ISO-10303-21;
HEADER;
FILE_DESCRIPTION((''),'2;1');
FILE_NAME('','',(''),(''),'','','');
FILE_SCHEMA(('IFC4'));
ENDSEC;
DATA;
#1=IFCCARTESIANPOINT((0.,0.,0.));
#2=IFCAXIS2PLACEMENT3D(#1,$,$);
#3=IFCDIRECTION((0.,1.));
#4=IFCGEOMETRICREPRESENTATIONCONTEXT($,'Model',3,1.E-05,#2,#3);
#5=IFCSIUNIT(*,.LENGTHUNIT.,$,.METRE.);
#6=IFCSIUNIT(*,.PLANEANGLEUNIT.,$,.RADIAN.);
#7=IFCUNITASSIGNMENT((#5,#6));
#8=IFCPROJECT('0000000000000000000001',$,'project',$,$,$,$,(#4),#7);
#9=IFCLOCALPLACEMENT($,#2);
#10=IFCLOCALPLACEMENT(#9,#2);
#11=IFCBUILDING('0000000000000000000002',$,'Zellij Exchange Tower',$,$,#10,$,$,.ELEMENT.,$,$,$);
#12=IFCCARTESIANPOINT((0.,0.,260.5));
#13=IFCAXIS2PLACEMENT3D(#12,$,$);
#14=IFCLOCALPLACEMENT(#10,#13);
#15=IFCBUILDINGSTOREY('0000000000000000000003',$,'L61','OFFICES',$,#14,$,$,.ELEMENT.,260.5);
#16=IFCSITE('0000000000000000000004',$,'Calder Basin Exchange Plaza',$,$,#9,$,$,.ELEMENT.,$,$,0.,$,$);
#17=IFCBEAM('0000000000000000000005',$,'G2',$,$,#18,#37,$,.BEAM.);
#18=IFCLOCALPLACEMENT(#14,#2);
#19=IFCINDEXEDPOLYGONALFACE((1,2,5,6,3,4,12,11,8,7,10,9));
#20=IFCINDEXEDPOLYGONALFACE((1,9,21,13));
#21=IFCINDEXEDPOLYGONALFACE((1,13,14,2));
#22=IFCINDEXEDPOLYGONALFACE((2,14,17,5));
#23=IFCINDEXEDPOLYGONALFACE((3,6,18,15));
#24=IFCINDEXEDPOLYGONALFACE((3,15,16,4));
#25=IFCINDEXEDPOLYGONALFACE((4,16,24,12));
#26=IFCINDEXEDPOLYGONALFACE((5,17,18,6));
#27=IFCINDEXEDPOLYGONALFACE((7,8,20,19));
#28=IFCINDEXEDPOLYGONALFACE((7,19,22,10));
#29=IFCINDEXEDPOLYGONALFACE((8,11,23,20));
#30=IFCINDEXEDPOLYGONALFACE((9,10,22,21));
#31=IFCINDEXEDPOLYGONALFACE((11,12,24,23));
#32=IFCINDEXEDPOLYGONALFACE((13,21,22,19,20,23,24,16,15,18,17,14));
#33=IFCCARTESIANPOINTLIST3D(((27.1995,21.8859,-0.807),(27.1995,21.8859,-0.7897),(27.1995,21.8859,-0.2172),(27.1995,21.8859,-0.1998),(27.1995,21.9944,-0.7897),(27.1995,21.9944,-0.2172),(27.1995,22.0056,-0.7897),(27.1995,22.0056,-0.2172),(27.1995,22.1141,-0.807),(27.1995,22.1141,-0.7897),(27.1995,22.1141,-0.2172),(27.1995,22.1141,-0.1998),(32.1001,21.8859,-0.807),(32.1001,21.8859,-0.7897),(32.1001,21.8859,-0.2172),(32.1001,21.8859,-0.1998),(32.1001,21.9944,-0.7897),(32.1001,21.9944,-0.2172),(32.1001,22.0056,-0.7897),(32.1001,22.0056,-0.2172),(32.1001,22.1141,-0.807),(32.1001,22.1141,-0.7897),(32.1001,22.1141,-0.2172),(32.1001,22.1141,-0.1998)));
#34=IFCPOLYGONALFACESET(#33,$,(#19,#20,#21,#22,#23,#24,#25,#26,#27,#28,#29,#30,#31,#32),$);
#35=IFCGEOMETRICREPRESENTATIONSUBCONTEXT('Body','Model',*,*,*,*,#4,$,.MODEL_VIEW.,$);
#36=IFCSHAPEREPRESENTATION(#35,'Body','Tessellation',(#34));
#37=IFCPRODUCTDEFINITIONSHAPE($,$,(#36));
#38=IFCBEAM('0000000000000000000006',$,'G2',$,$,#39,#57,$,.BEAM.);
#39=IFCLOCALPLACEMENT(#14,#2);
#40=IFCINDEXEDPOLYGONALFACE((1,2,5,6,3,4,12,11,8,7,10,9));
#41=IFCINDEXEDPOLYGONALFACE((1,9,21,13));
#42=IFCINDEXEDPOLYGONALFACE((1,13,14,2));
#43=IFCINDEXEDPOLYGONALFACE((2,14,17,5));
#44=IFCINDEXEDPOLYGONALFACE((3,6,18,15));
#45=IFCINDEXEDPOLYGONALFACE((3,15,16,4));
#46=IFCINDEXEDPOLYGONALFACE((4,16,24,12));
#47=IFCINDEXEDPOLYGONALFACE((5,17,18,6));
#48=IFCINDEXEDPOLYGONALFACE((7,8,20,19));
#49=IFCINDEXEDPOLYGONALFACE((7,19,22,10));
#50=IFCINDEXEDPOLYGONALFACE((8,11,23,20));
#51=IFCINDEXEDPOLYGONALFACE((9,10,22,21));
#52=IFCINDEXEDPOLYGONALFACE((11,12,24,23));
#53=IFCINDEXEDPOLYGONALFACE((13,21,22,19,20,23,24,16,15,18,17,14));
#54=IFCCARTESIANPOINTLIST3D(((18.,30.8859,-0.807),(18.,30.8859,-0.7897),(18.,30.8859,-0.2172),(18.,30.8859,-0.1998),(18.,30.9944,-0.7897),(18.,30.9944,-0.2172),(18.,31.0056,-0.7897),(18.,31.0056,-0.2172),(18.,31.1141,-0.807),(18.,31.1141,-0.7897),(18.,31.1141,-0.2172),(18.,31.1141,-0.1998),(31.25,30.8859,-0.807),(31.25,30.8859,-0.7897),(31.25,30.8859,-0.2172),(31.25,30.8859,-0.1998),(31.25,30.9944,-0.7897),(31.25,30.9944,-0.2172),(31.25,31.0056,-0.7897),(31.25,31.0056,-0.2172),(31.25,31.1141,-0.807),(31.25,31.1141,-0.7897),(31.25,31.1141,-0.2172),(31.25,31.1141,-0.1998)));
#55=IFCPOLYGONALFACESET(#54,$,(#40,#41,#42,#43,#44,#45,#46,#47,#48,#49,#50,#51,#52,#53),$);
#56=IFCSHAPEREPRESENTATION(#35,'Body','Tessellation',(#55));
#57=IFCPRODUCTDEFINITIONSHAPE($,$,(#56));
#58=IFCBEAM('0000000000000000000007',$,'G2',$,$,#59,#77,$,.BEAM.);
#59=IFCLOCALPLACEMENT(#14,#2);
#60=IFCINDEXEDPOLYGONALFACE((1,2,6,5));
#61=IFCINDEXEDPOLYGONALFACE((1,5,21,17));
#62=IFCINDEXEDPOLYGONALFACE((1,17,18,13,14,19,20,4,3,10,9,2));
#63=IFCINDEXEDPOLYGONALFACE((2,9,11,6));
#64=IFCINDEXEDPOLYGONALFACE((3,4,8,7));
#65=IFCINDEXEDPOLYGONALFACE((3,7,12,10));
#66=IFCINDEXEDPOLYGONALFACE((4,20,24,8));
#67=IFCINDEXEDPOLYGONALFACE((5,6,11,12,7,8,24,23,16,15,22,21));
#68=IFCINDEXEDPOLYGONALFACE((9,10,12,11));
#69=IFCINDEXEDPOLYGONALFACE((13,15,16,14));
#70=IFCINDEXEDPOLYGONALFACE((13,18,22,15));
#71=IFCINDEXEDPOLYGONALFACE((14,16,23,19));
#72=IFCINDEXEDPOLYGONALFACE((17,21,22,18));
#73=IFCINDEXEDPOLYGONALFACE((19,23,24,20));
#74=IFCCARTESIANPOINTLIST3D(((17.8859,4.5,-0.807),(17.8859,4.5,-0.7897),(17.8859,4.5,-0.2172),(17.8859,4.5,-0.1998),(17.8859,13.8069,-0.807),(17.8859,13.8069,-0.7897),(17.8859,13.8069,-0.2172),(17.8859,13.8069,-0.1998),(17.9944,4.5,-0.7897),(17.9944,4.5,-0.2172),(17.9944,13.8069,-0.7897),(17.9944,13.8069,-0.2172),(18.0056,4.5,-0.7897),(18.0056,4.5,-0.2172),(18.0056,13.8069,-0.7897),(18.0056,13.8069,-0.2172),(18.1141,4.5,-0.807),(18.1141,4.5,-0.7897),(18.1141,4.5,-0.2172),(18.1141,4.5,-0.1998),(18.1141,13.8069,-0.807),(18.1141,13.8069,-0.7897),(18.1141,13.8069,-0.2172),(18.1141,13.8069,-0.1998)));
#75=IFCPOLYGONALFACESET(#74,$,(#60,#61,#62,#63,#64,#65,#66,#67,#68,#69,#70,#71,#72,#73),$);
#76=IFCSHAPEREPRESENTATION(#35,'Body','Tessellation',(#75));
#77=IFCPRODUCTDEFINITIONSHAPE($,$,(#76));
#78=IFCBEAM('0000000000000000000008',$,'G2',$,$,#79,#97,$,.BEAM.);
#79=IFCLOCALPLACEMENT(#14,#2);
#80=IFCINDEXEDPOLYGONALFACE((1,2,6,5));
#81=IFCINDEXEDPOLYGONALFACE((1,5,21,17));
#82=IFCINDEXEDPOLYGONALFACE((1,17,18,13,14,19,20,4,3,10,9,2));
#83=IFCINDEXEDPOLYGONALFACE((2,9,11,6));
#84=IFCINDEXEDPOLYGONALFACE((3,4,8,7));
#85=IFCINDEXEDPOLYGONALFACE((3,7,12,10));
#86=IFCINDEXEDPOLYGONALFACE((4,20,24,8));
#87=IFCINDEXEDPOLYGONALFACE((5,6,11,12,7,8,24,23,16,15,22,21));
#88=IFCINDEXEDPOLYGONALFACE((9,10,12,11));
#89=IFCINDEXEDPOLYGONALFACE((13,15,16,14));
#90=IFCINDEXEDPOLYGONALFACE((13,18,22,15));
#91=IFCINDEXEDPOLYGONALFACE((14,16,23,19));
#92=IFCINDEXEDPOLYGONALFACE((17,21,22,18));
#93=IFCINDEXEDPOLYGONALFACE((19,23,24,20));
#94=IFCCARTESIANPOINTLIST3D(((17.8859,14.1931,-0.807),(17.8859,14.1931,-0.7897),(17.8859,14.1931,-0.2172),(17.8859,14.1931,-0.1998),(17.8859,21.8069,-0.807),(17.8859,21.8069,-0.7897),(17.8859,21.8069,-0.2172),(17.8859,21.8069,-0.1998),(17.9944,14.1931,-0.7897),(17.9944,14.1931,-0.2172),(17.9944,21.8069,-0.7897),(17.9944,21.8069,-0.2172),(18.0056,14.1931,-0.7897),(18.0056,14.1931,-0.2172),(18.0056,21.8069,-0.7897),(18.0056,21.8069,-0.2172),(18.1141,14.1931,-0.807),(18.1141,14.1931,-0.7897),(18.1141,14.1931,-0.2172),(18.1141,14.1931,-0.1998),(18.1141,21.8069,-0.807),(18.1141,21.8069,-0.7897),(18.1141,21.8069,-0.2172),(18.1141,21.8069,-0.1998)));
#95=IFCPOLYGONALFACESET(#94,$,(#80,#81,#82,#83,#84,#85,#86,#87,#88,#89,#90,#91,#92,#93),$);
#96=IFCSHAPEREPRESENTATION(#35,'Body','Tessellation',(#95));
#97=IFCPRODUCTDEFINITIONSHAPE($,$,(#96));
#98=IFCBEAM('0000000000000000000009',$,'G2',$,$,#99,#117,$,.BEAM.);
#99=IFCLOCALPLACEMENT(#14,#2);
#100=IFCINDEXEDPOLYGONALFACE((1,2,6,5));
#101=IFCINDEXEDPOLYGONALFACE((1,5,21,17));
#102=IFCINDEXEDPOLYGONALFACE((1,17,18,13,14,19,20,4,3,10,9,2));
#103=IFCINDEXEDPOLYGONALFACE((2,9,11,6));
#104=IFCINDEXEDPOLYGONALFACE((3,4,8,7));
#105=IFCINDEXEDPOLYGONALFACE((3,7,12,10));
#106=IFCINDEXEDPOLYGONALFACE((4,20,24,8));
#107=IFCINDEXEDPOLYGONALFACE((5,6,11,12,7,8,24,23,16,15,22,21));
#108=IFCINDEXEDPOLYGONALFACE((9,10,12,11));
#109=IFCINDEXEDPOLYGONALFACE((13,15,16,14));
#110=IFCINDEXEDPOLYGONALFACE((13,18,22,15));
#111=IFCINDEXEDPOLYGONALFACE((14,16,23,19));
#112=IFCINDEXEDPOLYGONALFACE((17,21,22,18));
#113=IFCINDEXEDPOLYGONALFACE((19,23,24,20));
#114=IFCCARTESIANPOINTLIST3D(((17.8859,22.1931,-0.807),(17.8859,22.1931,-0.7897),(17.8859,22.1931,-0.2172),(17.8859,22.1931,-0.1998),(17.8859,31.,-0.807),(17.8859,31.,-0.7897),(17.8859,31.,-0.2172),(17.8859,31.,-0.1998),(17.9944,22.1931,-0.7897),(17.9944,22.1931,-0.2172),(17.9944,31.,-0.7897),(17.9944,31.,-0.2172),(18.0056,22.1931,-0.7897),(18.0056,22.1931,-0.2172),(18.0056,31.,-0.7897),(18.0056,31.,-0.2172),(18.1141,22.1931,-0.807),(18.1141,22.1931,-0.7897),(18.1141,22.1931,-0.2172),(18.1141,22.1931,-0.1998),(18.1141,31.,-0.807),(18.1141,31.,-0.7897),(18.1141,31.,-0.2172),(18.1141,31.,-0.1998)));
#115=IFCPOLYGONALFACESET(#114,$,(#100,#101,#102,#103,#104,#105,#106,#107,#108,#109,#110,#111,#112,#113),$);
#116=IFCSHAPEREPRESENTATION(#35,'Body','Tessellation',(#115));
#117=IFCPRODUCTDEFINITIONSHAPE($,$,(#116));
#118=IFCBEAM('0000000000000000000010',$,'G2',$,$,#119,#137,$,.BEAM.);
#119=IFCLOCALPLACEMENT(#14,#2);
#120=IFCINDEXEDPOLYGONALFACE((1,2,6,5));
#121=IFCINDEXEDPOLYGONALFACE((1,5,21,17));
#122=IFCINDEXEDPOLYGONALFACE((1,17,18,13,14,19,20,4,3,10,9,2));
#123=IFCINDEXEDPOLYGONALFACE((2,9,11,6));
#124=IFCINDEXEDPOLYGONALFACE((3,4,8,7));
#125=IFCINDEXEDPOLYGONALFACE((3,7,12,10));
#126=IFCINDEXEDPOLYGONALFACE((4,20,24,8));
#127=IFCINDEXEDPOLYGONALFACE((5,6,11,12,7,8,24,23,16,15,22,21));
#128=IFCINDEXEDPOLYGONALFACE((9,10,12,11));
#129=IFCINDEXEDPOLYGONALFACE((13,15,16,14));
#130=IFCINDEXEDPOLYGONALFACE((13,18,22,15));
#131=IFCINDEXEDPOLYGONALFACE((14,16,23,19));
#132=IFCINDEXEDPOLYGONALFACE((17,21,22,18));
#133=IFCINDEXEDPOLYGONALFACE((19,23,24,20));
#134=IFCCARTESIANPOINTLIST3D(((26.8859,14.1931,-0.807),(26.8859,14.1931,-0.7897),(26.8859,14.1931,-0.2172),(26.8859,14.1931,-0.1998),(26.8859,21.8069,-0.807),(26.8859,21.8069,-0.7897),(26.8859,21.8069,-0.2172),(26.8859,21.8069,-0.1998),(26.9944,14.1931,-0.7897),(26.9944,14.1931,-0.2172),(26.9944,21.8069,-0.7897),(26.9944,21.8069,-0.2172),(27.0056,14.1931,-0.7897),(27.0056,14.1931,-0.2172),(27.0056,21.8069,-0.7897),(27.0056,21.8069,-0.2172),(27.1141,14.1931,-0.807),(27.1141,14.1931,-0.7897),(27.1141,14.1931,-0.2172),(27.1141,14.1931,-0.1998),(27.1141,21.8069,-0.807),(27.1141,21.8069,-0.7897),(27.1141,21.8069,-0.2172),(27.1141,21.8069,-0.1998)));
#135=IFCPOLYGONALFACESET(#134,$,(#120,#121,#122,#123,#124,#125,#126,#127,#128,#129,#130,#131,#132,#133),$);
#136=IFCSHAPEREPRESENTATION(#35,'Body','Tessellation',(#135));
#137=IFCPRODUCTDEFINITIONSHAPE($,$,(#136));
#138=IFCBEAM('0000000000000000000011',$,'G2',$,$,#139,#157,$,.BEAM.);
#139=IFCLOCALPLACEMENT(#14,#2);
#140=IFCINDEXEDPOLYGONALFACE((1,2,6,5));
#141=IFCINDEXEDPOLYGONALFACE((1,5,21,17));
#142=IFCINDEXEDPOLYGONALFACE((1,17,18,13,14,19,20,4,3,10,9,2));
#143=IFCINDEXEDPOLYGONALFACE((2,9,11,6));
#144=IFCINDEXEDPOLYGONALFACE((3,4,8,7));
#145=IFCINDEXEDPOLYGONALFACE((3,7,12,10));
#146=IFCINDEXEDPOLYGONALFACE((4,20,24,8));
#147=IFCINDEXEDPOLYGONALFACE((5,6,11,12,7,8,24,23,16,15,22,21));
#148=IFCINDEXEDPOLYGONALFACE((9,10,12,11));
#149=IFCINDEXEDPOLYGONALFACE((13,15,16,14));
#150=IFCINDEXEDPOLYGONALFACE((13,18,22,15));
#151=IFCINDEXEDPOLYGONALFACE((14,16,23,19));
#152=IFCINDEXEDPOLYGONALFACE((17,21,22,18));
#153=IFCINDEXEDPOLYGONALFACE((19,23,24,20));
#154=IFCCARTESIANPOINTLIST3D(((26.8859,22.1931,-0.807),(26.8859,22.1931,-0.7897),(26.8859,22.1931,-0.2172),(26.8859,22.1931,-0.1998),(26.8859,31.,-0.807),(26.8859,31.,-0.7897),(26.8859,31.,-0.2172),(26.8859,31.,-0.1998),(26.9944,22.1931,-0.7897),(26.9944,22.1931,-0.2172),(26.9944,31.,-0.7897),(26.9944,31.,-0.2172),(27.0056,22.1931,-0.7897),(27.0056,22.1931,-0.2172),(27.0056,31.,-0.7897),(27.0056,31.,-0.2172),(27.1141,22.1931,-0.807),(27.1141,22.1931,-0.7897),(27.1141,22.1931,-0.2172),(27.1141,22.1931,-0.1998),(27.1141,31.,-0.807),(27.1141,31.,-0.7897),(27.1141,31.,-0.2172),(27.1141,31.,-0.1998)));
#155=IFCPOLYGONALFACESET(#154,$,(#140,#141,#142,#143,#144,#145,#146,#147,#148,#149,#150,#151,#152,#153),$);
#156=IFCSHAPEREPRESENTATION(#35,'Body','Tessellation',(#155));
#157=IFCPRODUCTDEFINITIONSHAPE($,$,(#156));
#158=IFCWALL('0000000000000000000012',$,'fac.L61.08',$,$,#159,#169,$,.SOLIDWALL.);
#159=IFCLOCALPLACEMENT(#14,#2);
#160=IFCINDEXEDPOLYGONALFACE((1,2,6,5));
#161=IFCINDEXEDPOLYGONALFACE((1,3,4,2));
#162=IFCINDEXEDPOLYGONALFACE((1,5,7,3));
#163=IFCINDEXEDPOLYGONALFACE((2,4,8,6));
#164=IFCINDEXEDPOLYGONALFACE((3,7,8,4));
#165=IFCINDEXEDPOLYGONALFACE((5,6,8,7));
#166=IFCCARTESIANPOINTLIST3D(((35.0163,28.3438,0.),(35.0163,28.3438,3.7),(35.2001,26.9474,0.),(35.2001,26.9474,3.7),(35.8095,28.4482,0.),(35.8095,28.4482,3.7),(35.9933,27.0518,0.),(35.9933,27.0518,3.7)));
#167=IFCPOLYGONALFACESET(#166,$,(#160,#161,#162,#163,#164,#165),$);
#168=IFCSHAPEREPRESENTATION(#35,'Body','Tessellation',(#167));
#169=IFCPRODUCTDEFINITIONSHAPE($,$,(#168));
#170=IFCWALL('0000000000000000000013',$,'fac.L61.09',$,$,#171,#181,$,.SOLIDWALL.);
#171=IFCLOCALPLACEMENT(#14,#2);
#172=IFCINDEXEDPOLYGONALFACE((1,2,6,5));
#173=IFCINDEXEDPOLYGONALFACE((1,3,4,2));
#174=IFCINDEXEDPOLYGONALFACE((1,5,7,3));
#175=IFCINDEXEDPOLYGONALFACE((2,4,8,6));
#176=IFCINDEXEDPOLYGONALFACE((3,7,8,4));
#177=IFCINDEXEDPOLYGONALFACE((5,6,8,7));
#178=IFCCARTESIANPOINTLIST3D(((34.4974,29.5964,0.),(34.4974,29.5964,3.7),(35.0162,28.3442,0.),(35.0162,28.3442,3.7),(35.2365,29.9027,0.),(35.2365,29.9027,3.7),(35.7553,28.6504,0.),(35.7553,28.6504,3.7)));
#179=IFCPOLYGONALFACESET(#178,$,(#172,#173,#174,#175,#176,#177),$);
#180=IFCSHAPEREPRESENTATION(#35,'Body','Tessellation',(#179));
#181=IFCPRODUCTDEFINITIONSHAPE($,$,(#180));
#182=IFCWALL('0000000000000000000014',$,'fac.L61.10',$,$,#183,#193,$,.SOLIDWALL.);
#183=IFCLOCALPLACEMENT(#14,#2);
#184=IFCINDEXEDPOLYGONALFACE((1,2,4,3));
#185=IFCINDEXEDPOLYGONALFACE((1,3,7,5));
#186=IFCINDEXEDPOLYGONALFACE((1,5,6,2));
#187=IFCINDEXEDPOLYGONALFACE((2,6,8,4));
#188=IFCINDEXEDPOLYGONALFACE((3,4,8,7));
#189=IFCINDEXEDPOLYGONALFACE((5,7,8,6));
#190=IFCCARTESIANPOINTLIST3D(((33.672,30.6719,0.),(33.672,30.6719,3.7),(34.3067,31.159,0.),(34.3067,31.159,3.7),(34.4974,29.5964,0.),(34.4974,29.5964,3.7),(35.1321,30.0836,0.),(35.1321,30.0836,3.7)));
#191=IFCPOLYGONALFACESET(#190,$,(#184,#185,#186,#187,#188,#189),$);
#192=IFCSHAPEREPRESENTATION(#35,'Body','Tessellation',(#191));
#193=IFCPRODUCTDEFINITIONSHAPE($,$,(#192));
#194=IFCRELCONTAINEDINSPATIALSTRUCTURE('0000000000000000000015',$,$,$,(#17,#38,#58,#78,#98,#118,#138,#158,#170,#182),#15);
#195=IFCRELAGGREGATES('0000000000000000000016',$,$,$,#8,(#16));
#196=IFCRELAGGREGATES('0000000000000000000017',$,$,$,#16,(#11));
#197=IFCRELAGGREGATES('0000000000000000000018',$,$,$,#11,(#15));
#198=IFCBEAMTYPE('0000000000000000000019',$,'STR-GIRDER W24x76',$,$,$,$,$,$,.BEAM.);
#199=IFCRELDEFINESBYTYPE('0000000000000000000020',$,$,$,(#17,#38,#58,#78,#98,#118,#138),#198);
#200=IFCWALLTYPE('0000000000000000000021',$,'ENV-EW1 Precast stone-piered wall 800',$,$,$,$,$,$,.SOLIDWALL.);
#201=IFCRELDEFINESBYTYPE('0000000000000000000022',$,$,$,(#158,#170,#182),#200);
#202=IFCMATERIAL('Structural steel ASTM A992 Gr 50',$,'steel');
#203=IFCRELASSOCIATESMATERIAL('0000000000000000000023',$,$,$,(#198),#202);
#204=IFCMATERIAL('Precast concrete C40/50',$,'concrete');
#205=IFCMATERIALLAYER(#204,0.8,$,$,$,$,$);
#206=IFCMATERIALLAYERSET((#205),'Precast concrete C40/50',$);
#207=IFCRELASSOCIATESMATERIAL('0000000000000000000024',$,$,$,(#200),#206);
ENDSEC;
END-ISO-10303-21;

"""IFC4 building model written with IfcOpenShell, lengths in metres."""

from ifc_helpers import new_model, si_unit, direction, frame, frame_2d, origin, origin_2d, place, context, subcontext, project, spatial, rectangle, i_section, extrude, material, layer, layer_set, material_profile, profile_set, type_object, element, save


model = new_model("IFC4")

# Units and contexts
model_context = context("Model", 3, precision=1e-05, world=origin(), true_north=direction((0.0, 1.0)))
body_context = subcontext(model_context, "Body", "Model", "MODEL_VIEW")
ifc_project = project(units=[si_unit("LENGTHUNIT", "METRE"), si_unit("PLANEANGLEUNIT", "RADIAN")], contexts=[model_context])

# Site, building, storey
site_placement = place(None, origin())
site = spatial("IfcSite", under=ifc_project, at=site_placement, Name="Calder Basin Exchange Plaza", CompositionType="ELEMENT", RefElevation=0.0)
building_placement = place(site_placement, origin())
building = spatial("IfcBuilding", under=site, at=building_placement, Name="Zellij Exchange Tower", CompositionType="ELEMENT")
storey_placement = place(building_placement, frame((0.0, 0.0, 260.5)))
storey = spatial("IfcBuildingStorey", under=building, at=storey_placement, Name="L61", Description="OFFICES", CompositionType="ELEMENT", Elevation=260.5)

# Shared definitions
ifc_material_1 = material(Name="Structural steel ASTM A992 Gr 50", Category="steel")

# Beams
ifc_material_profile_1 = material_profile(ifc_material_1, i_section(OverallWidth=0.2283, OverallDepth=0.6072, WebThickness=0.0112, FlangeThickness=0.0173, at=origin_2d()), Name="W24x76")
ifc_profile_set_1 = profile_set([ifc_material_profile_1], Name="Structural steel ASTM A992 Gr 50")
beam_type_1 = type_object("IfcBeamType", Name="STR-GIRDER W24x76", PredefinedType="BEAM", material=ifc_profile_set_1)
beam_1_placement = place(storey_placement, frame((27.1995, 22.0, -0.5034), z_axis=(1.0, 0.0, 0.0), x_axis=(0.0, 1.0, 0.0)))
element("IfcBeam", 1, at=beam_1_placement, inside=storey, type_object=beam_type_1, Name="G2", PredefinedType="BEAM", context=body_context, shape_type="SweptSolid", body=[
    extrude(i_section(OverallWidth=0.2283, OverallDepth=0.6072, WebThickness=0.0112, FlangeThickness=0.0173, at=origin_2d()), origin(), (0.0, 0.0, 1.0), 4.9006),
])
beam_2_placement = place(storey_placement, frame((18.0, 31.0, -0.5034), z_axis=(1.0, 0.0, 0.0), x_axis=(0.0, 1.0, 0.0)))
element("IfcBeam", 2, at=beam_2_placement, inside=storey, type_object=beam_type_1, Name="G2", PredefinedType="BEAM", context=body_context, shape_type="SweptSolid", body=[
    extrude(i_section(OverallWidth=0.2283, OverallDepth=0.6072, WebThickness=0.0112, FlangeThickness=0.0173, at=origin_2d()), origin(), (0.0, 0.0, 1.0), 13.25),
])
beam_3_placement = place(storey_placement, frame((18.0, 4.5, -0.5034), z_axis=(0.0, 1.0, 0.0), x_axis=(-1.0, 0.0, 0.0)))
element("IfcBeam", 3, at=beam_3_placement, inside=storey, type_object=beam_type_1, Name="G2", PredefinedType="BEAM", context=body_context, shape_type="SweptSolid", body=[
    extrude(i_section(OverallWidth=0.2283, OverallDepth=0.6072, WebThickness=0.0112, FlangeThickness=0.0173, at=origin_2d()), origin(), (0.0, 0.0, 1.0), 9.3069),
])
beam_4_placement = place(storey_placement, frame((18.0, 14.1931, -0.5034), z_axis=(0.0, 1.0, 0.0), x_axis=(-1.0, 0.0, 0.0)))
element("IfcBeam", 4, at=beam_4_placement, inside=storey, type_object=beam_type_1, Name="G2", PredefinedType="BEAM", context=body_context, shape_type="SweptSolid", body=[
    extrude(i_section(OverallWidth=0.2283, OverallDepth=0.6072, WebThickness=0.0112, FlangeThickness=0.0173, at=origin_2d()), origin(), (0.0, 0.0, 1.0), 7.6138),
])
beam_5_placement = place(storey_placement, frame((18.0, 22.1931, -0.5034), z_axis=(0.0, 1.0, 0.0), x_axis=(-1.0, 0.0, 0.0)))
element("IfcBeam", 5, at=beam_5_placement, inside=storey, type_object=beam_type_1, Name="G2", PredefinedType="BEAM", context=body_context, shape_type="SweptSolid", body=[
    extrude(i_section(OverallWidth=0.2283, OverallDepth=0.6072, WebThickness=0.0112, FlangeThickness=0.0173, at=origin_2d()), origin(), (0.0, 0.0, 1.0), 8.8069),
])
beam_6_placement = place(storey_placement, frame((27.0, 14.1931, -0.5034), z_axis=(0.0, 1.0, 0.0), x_axis=(-1.0, 0.0, 0.0)))
element("IfcBeam", 6, at=beam_6_placement, inside=storey, type_object=beam_type_1, Name="G2", PredefinedType="BEAM", context=body_context, shape_type="SweptSolid", body=[
    extrude(i_section(OverallWidth=0.2283, OverallDepth=0.6072, WebThickness=0.0112, FlangeThickness=0.0173, at=origin_2d()), origin(), (0.0, 0.0, 1.0), 7.6138),
])
beam_7_placement = place(storey_placement, frame((27.0, 22.1931, -0.5034), z_axis=(0.0, 1.0, 0.0), x_axis=(-1.0, 0.0, 0.0)))
element("IfcBeam", 7, at=beam_7_placement, inside=storey, type_object=beam_type_1, Name="G2", PredefinedType="BEAM", context=body_context, shape_type="SweptSolid", body=[
    extrude(i_section(OverallWidth=0.2283, OverallDepth=0.6072, WebThickness=0.0112, FlangeThickness=0.0173, at=origin_2d()), origin(), (0.0, 0.0, 1.0), 8.8069),
])

# Walls
ifc_material_2 = material(Name="Precast concrete C40/50", Category="concrete")
ifc_layer_1 = layer(ifc_material_2, 0.8)
ifc_layer_set_1 = layer_set([ifc_layer_1], Name="Precast concrete C40/50")
wall_type_1 = type_object("IfcWallType", Name="ENV-EW1 Precast stone-piered wall 800", PredefinedType="SOLIDWALL", material=ifc_layer_set_1)
wall_1_placement = place(storey_placement, frame((35.5967, 26.9998, 0.0), z_axis=(0.0, 0.0, 1.0), x_axis=(-0.130517, 0.991446, 0.0)))
element("IfcWall", 8, at=wall_1_placement, inside=storey, type_object=wall_type_1, Name="fac.L61.08", PredefinedType="SOLIDWALL", context=body_context, shape_type="SweptSolid", body=[
    extrude(rectangle(XDim=1.4084, YDim=0.8, at=frame_2d((0.7041, 0.0))), origin(), (0.0, 0.0, 1.0), 3.7),
])
wall_2_placement = place(storey_placement, frame((35.3857, 28.4973, 0.0), z_axis=(0.0, 0.0, 1.0), x_axis=(-0.38276, 0.923848, 0.0)))
element("IfcWall", 9, at=wall_2_placement, inside=storey, type_object=wall_type_1, Name="fac.L61.09", PredefinedType="SOLIDWALL", context=body_context, shape_type="SweptSolid", body=[
    extrude(rectangle(XDim=1.3555, YDim=0.8, at=frame_2d((0.6777, 0.0))), origin(), (0.0, 0.0, 1.0), 3.7),
])
for number, where, z_axis, x_axis, name in (
    (10, (34.8147, 29.8401, 0.0), (0.0, 0.0, 1.0), (-0.608866, 0.793273, 0.0), "fac.L61.10"),
):
    element("IfcWall", number, at=place(storey_placement, frame(where, z_axis=z_axis, x_axis=x_axis)), inside=storey, type_object=wall_type_1, Name=name, PredefinedType="SOLIDWALL", context=body_context, shape_type="SweptSolid", body=[
        extrude(rectangle(XDim=1.3557, YDim=0.8, at=frame_2d((0.6777, 0.0))), origin(), (0.0, 0.0, 1.0), 3.7),
    ])

save(model, "model.ifc")
